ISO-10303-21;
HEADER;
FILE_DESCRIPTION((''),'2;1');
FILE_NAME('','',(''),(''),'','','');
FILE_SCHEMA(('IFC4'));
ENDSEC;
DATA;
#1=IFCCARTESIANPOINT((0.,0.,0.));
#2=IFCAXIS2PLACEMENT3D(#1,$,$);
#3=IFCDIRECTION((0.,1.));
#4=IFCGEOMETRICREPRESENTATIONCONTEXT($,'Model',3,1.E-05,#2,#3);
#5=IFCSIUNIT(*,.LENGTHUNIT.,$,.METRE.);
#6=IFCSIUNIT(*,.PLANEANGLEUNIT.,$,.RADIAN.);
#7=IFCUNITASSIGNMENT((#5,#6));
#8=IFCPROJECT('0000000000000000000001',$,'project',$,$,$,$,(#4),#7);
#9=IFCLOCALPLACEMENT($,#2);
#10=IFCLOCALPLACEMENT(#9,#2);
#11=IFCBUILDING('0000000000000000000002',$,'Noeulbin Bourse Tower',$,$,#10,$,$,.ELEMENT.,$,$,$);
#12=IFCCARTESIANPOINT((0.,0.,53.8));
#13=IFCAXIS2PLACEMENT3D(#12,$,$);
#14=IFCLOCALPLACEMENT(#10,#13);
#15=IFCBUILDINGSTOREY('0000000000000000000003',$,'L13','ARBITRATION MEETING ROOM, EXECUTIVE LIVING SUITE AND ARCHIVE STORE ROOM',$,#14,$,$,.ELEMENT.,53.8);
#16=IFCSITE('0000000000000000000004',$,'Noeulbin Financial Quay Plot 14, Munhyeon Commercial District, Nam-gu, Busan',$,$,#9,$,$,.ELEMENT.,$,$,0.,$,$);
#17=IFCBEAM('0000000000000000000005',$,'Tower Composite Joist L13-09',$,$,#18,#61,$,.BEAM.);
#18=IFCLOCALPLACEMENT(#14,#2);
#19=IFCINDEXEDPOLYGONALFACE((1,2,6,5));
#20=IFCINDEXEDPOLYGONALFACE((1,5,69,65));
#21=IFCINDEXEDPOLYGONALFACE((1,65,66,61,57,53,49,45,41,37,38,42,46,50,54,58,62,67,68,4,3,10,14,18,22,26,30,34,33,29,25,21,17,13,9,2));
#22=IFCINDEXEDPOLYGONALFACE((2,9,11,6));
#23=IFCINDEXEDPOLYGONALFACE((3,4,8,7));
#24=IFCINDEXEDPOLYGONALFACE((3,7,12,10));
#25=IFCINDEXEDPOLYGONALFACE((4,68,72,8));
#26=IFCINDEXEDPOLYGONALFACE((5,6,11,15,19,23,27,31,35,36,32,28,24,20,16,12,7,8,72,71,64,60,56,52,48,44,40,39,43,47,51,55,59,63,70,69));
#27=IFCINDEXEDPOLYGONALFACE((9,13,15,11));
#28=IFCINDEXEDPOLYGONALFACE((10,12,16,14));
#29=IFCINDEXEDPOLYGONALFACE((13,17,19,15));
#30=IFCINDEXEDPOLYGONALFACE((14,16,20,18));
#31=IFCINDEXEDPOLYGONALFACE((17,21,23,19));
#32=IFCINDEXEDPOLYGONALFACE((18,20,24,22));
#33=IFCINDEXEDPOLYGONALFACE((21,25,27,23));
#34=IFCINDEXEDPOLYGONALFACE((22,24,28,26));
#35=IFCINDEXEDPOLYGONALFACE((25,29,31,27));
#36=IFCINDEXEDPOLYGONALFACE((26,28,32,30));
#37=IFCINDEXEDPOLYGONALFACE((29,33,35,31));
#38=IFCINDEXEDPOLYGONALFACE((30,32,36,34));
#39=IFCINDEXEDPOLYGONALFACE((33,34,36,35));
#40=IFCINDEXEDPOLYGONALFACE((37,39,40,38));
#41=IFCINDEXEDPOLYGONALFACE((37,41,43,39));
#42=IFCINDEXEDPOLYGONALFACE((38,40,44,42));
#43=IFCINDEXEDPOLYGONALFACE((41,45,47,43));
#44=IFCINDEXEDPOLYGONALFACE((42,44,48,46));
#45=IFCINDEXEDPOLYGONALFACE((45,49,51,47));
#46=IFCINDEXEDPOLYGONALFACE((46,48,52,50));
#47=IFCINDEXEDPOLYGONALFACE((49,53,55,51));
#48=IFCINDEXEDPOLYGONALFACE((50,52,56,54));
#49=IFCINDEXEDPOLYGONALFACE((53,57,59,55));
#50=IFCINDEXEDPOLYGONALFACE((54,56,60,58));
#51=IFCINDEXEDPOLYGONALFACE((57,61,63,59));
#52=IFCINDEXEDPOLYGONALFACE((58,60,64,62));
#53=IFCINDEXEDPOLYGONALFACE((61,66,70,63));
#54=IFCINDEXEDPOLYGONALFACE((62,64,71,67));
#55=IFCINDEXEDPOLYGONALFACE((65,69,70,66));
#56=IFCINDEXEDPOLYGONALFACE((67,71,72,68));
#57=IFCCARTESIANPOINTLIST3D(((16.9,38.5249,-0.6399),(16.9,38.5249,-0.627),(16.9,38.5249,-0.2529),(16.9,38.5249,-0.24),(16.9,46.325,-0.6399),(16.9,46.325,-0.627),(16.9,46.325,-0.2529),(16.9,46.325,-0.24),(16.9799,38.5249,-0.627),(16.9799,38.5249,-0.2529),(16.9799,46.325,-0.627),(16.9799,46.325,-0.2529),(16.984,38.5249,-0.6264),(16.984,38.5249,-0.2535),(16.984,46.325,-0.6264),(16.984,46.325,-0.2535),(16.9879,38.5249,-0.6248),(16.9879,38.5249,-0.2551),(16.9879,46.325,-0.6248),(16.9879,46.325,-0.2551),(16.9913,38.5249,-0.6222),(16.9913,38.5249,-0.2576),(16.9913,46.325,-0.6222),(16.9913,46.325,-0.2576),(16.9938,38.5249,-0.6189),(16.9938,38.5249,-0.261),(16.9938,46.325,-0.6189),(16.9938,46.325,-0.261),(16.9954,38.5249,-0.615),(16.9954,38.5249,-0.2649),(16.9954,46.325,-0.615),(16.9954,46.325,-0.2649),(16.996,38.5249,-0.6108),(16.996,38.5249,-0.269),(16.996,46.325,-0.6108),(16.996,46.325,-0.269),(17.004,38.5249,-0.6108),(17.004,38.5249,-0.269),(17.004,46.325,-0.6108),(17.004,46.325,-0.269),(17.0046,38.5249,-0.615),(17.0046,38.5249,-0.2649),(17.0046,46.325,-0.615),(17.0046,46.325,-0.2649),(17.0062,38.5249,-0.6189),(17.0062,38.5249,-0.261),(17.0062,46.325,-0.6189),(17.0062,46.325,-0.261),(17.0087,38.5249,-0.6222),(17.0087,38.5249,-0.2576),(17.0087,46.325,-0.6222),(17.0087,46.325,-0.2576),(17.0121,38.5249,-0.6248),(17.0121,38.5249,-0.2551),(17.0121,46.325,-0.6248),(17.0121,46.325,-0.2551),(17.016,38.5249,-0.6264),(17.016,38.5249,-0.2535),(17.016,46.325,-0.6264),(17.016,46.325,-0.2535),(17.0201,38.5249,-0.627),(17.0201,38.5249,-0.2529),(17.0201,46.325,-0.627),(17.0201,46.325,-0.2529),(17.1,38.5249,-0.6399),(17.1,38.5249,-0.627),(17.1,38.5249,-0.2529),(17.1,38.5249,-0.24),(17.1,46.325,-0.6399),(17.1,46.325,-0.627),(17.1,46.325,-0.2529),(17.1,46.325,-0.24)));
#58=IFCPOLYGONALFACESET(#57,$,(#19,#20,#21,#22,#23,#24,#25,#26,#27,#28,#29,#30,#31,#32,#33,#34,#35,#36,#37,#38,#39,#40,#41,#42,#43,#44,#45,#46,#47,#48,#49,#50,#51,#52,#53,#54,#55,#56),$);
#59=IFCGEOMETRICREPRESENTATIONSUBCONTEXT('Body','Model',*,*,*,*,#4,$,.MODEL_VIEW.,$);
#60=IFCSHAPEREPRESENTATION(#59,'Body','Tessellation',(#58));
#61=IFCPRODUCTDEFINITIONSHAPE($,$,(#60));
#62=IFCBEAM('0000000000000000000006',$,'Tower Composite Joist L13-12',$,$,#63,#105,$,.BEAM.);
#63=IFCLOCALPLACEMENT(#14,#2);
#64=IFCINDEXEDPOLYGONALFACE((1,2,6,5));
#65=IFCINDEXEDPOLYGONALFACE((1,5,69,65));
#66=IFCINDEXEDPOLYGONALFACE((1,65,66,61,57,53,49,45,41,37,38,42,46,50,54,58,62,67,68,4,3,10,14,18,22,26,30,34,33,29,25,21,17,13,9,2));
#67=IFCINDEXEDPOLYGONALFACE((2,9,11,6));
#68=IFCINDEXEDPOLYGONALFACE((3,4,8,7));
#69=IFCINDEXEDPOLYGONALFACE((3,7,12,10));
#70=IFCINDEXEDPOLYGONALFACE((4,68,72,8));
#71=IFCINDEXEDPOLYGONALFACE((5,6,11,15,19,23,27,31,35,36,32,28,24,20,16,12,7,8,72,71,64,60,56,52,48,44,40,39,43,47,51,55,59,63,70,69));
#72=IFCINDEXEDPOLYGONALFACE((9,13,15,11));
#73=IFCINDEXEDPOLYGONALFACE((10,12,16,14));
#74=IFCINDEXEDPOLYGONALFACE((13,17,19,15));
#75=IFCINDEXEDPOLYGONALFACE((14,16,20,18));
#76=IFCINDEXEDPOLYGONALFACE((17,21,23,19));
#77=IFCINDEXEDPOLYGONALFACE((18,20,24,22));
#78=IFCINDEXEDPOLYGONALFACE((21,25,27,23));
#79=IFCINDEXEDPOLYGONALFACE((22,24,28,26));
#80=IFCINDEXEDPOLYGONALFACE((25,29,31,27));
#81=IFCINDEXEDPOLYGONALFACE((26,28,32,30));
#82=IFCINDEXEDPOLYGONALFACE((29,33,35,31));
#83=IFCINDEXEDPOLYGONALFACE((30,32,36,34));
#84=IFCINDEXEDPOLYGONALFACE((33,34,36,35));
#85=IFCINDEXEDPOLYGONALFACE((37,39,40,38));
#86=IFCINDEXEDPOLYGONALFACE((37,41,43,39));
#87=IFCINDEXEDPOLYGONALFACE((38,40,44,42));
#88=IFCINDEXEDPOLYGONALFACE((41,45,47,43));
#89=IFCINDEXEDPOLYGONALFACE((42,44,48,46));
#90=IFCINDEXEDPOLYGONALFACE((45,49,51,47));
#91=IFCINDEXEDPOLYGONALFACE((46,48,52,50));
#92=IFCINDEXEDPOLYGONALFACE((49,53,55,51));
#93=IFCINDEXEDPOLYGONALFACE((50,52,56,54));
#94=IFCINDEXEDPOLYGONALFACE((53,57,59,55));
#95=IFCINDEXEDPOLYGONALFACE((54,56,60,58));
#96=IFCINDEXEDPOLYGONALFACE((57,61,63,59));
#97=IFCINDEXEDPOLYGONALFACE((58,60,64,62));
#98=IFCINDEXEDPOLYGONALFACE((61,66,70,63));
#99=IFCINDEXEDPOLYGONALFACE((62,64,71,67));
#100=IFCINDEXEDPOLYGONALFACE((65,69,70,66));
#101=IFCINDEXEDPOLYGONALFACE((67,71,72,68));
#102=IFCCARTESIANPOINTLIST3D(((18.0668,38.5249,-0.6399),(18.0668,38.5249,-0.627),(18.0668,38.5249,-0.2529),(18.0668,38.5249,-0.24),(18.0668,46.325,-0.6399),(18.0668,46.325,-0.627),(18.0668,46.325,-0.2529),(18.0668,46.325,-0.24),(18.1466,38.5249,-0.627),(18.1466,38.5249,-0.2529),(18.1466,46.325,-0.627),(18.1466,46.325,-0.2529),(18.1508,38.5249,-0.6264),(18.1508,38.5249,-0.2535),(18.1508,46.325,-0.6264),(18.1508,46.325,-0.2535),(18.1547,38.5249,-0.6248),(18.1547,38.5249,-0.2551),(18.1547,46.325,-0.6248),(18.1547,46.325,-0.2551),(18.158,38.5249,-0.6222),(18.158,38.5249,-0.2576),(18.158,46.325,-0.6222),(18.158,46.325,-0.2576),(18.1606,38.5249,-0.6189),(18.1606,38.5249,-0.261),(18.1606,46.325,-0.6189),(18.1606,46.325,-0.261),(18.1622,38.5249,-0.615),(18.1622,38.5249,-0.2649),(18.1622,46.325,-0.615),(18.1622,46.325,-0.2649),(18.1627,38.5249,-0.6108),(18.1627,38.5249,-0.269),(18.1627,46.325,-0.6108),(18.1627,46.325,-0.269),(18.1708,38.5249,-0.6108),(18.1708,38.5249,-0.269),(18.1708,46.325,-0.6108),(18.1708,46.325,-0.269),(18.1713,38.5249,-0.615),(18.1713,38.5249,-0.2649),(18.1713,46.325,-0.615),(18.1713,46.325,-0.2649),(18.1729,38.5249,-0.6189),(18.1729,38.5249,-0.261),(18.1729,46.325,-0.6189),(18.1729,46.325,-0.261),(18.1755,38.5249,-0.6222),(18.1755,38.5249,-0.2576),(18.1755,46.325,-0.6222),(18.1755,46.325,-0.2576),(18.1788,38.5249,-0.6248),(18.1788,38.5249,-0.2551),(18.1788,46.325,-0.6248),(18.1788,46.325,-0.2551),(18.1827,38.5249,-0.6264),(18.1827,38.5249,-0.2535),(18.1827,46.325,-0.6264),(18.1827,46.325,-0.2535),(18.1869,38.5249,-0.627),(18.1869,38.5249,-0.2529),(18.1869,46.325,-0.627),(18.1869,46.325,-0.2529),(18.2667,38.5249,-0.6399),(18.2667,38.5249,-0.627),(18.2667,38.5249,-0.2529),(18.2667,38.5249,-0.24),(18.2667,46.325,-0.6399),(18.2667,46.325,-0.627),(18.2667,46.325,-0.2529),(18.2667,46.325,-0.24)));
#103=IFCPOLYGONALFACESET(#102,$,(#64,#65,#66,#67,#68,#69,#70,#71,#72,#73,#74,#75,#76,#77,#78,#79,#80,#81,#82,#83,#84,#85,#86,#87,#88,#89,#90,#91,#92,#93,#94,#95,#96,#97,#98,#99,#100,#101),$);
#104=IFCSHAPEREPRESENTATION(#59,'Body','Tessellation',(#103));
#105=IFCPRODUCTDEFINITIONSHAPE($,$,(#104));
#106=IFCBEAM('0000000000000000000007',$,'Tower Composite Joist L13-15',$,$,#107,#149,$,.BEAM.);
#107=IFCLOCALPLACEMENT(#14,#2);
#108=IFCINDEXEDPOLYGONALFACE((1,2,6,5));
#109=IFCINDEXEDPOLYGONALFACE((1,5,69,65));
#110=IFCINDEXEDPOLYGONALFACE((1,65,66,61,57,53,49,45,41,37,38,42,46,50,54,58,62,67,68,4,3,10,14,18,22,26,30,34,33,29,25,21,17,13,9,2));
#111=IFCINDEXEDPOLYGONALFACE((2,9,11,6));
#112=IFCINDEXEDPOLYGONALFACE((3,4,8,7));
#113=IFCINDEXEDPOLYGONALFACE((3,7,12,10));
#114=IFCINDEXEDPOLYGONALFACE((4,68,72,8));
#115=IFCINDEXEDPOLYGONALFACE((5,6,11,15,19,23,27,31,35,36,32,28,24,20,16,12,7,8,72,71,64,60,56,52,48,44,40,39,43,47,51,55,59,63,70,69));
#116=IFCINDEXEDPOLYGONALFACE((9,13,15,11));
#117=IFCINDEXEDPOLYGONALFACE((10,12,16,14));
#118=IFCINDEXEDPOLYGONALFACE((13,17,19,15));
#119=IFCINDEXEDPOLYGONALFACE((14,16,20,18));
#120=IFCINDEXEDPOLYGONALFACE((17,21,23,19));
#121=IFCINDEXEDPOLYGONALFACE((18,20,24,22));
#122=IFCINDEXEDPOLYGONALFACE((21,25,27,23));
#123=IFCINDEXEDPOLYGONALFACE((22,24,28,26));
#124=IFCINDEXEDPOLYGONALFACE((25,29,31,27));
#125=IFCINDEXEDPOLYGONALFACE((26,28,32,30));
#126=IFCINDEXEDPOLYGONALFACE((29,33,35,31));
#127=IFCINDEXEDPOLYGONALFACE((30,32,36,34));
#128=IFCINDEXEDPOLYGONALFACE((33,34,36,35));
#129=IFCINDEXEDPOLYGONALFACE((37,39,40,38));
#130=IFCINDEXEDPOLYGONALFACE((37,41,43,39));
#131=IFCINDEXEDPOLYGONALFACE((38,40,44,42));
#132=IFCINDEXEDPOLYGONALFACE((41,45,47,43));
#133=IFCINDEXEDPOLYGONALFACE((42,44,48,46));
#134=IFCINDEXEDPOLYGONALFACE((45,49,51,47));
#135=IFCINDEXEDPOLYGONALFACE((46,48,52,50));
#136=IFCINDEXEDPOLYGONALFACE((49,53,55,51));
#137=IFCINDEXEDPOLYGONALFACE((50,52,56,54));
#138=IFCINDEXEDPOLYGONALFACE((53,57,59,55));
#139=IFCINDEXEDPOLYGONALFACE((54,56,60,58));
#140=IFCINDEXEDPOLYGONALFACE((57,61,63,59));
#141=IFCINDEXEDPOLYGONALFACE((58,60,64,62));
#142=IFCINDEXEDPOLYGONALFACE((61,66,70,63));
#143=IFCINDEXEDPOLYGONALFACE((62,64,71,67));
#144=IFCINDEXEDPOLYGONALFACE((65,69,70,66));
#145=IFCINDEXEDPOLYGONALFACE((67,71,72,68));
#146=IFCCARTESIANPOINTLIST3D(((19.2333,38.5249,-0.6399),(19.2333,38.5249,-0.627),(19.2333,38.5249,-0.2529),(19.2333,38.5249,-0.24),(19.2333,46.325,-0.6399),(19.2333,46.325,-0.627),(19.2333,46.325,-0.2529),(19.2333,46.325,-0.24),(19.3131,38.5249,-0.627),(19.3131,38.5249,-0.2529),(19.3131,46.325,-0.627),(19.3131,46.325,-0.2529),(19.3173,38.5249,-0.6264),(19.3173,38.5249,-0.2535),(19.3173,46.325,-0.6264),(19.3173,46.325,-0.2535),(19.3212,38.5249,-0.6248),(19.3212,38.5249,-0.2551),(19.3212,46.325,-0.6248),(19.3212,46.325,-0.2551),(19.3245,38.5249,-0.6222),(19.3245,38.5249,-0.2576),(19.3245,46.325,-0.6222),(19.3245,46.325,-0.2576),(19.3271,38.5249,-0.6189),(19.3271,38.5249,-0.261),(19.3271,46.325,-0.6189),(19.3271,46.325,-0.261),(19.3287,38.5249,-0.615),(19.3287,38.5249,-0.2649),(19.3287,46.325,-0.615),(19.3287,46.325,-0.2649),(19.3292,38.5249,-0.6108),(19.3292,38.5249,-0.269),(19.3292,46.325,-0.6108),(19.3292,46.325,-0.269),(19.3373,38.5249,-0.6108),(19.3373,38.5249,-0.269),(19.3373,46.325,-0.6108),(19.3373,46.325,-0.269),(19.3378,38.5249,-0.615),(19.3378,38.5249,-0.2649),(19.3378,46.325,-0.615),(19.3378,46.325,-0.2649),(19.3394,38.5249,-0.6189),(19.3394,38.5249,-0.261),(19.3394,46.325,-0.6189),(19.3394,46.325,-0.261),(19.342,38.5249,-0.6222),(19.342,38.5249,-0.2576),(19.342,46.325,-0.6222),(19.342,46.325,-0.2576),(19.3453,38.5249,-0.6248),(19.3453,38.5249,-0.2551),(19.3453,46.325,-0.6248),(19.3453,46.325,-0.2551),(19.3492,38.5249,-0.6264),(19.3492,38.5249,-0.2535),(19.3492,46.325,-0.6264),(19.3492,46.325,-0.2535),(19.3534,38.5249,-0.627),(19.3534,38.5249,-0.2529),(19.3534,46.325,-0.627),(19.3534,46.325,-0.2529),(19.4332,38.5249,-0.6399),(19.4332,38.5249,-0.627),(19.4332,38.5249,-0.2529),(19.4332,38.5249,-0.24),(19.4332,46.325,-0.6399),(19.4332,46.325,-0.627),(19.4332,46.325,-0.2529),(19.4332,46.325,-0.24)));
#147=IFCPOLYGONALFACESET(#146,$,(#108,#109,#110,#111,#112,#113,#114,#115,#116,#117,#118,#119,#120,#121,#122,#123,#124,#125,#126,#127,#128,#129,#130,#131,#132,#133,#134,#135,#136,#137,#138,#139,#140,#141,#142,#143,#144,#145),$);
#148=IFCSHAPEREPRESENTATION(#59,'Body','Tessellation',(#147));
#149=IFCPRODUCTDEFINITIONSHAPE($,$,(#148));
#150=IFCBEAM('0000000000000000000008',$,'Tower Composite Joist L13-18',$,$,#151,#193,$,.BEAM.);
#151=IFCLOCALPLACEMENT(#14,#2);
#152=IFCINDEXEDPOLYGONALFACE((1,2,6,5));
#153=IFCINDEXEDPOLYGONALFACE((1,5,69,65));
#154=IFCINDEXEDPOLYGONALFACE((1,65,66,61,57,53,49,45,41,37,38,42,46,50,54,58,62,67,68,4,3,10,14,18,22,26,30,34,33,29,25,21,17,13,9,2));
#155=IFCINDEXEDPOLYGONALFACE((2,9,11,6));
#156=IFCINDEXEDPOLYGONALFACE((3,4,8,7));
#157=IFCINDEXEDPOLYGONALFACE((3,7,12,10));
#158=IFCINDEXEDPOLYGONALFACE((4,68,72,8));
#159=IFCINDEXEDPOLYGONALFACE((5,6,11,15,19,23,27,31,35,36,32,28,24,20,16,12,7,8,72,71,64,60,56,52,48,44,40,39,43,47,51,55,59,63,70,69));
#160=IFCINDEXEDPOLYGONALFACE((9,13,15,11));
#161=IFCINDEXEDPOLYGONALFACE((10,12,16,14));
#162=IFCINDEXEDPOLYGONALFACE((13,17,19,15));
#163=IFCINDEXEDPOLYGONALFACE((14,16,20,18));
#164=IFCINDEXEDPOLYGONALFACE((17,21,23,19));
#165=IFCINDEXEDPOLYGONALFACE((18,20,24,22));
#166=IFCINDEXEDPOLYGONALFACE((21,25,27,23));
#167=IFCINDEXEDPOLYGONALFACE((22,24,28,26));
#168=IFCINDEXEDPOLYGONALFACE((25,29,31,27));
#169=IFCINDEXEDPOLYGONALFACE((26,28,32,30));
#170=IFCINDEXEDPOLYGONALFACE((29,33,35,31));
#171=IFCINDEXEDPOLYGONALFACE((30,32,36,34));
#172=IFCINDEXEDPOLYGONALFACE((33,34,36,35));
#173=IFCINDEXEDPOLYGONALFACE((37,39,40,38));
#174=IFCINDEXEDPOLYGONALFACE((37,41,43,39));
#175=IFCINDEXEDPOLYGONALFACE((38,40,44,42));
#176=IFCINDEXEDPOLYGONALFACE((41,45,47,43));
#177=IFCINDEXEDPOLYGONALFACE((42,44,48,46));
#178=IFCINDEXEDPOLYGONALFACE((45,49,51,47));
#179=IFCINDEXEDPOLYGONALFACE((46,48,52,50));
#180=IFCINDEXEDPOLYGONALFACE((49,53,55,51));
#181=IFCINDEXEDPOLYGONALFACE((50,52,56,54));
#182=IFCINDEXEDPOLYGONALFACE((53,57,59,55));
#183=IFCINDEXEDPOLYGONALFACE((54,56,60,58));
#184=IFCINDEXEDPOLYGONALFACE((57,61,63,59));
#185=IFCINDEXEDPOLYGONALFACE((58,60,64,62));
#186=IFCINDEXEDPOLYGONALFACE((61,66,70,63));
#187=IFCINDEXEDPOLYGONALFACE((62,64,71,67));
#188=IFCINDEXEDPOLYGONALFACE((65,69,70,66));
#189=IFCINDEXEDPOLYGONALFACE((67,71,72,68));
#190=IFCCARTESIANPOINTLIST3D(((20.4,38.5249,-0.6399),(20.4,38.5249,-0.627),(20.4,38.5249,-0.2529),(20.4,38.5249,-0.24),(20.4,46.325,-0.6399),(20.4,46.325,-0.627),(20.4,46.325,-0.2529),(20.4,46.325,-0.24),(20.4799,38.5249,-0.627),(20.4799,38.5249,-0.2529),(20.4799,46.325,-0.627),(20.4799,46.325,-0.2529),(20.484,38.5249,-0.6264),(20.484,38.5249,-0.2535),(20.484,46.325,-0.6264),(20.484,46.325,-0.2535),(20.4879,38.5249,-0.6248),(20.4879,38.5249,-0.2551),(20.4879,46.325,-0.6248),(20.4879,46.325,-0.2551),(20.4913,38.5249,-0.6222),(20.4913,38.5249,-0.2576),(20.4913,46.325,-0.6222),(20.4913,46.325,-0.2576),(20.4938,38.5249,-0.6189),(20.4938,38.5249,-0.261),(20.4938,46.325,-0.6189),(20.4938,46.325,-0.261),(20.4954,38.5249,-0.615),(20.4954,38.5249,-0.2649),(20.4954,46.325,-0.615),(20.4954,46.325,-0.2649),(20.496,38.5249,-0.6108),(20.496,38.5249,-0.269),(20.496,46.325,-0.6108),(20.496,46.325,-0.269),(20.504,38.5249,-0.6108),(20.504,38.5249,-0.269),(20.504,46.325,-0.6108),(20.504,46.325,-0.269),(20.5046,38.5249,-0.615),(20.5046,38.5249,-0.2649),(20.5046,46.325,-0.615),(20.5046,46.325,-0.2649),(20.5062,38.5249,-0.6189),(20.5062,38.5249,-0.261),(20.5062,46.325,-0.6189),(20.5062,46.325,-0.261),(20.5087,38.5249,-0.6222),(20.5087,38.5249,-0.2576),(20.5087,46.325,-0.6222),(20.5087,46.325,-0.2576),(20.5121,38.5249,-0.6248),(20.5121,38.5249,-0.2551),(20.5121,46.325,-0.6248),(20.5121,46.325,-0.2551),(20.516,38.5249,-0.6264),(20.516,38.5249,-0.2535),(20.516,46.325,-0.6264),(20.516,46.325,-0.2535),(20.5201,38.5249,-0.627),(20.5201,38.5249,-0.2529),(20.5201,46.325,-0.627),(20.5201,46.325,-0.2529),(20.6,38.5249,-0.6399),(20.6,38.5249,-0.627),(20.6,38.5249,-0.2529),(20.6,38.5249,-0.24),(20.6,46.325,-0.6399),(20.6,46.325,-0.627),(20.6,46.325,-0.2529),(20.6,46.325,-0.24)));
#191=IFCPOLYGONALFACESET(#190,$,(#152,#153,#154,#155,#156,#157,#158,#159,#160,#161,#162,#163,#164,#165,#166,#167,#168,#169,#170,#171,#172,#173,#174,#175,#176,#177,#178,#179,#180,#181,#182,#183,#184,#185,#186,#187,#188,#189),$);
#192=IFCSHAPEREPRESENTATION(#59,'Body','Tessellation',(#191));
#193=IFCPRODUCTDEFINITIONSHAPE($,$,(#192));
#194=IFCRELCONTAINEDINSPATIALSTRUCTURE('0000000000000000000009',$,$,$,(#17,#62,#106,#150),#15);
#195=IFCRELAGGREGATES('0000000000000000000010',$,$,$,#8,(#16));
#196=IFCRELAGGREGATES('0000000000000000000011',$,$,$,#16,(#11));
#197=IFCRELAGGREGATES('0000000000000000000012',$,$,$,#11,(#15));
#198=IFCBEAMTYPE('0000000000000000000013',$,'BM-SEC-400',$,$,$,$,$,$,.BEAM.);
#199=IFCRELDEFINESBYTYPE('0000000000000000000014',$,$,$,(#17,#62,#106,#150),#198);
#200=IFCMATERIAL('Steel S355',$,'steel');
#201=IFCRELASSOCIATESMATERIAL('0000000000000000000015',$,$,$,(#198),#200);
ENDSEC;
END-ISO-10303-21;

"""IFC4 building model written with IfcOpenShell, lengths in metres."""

from ifc_helpers import new_model, si_unit, direction, frame, origin, origin_2d, place, context, subcontext, project, spatial, i_section, extrude, material, material_profile, profile_set, type_object, element, save


model = new_model("IFC4")

# Units and contexts
model_context = context("Model", 3, precision=1e-05, world=origin(), true_north=direction((0.0, 1.0)))
body_context = subcontext(model_context, "Body", "Model", "MODEL_VIEW")
ifc_project = project(units=[si_unit("LENGTHUNIT", "METRE"), si_unit("PLANEANGLEUNIT", "RADIAN")], contexts=[model_context])

# Site, building, storey
site_placement = place(None, origin())
site = spatial("IfcSite", under=ifc_project, at=site_placement, Name="Noeulbin Financial Quay Plot 14, Munhyeon Commercial District, Nam-gu, Busan", CompositionType="ELEMENT", RefElevation=0.0)
building_placement = place(site_placement, origin())
building = spatial("IfcBuilding", under=site, at=building_placement, Name="Noeulbin Bourse Tower", CompositionType="ELEMENT")
storey_placement = place(building_placement, frame((0.0, 0.0, 53.8)))
storey = spatial("IfcBuildingStorey", under=building, at=storey_placement, Name="L13", Description="ARBITRATION MEETING ROOM, EXECUTIVE LIVING SUITE AND ARCHIVE STORE ROOM", CompositionType="ELEMENT", Elevation=53.8)

# Beams
ifc_material_1 = material(Name="Steel S355", Category="steel")
ifc_material_profile_1 = material_profile(ifc_material_1, i_section(OverallWidth=0.2, OverallDepth=0.3999, WebThickness=0.0081, FlangeThickness=0.0129, FilletRadius=0.0161, at=origin_2d()), Name="H-400x200x8x13", Category="LoadBearing")
ifc_profile_set_1 = profile_set([ifc_material_profile_1], Name="Steel S355")
beam_type_1 = type_object("IfcBeamType", Name="BM-SEC-400", PredefinedType="BEAM", material=ifc_profile_set_1)
for number, where, z_axis, x_axis, name in (
    (1, (17.0, 38.5249, -0.4399), (0.0, 1.0, 0.0), (-1.0, 0.0, 0.0), "Tower Composite Joist L13-09"),
    (2, (18.1667, 38.5249, -0.4399), (0.0, 1.0, 0.0), (-1.0, 0.0, 0.0), "Tower Composite Joist L13-12"),
    (3, (19.3333, 38.5249, -0.4399), (0.0, 1.0, 0.0), (-1.0, 0.0, 0.0), "Tower Composite Joist L13-15"),
    (4, (20.5, 38.5249, -0.4399), (0.0, 1.0, 0.0), (-1.0, 0.0, 0.0), "Tower Composite Joist L13-18"),
):
    element("IfcBeam", number, at=place(storey_placement, frame(where, z_axis=z_axis, x_axis=x_axis)), inside=storey, type_object=beam_type_1, Name=name, PredefinedType="BEAM", context=body_context, shape_type="SweptSolid", body=[
        extrude(i_section(OverallWidth=0.2, OverallDepth=0.3999, WebThickness=0.0081, FlangeThickness=0.0129, FilletRadius=0.0161, at=origin_2d()), origin(), (0.0, 0.0, 1.0), 7.8),
    ])

save(model, "model.ifc")
